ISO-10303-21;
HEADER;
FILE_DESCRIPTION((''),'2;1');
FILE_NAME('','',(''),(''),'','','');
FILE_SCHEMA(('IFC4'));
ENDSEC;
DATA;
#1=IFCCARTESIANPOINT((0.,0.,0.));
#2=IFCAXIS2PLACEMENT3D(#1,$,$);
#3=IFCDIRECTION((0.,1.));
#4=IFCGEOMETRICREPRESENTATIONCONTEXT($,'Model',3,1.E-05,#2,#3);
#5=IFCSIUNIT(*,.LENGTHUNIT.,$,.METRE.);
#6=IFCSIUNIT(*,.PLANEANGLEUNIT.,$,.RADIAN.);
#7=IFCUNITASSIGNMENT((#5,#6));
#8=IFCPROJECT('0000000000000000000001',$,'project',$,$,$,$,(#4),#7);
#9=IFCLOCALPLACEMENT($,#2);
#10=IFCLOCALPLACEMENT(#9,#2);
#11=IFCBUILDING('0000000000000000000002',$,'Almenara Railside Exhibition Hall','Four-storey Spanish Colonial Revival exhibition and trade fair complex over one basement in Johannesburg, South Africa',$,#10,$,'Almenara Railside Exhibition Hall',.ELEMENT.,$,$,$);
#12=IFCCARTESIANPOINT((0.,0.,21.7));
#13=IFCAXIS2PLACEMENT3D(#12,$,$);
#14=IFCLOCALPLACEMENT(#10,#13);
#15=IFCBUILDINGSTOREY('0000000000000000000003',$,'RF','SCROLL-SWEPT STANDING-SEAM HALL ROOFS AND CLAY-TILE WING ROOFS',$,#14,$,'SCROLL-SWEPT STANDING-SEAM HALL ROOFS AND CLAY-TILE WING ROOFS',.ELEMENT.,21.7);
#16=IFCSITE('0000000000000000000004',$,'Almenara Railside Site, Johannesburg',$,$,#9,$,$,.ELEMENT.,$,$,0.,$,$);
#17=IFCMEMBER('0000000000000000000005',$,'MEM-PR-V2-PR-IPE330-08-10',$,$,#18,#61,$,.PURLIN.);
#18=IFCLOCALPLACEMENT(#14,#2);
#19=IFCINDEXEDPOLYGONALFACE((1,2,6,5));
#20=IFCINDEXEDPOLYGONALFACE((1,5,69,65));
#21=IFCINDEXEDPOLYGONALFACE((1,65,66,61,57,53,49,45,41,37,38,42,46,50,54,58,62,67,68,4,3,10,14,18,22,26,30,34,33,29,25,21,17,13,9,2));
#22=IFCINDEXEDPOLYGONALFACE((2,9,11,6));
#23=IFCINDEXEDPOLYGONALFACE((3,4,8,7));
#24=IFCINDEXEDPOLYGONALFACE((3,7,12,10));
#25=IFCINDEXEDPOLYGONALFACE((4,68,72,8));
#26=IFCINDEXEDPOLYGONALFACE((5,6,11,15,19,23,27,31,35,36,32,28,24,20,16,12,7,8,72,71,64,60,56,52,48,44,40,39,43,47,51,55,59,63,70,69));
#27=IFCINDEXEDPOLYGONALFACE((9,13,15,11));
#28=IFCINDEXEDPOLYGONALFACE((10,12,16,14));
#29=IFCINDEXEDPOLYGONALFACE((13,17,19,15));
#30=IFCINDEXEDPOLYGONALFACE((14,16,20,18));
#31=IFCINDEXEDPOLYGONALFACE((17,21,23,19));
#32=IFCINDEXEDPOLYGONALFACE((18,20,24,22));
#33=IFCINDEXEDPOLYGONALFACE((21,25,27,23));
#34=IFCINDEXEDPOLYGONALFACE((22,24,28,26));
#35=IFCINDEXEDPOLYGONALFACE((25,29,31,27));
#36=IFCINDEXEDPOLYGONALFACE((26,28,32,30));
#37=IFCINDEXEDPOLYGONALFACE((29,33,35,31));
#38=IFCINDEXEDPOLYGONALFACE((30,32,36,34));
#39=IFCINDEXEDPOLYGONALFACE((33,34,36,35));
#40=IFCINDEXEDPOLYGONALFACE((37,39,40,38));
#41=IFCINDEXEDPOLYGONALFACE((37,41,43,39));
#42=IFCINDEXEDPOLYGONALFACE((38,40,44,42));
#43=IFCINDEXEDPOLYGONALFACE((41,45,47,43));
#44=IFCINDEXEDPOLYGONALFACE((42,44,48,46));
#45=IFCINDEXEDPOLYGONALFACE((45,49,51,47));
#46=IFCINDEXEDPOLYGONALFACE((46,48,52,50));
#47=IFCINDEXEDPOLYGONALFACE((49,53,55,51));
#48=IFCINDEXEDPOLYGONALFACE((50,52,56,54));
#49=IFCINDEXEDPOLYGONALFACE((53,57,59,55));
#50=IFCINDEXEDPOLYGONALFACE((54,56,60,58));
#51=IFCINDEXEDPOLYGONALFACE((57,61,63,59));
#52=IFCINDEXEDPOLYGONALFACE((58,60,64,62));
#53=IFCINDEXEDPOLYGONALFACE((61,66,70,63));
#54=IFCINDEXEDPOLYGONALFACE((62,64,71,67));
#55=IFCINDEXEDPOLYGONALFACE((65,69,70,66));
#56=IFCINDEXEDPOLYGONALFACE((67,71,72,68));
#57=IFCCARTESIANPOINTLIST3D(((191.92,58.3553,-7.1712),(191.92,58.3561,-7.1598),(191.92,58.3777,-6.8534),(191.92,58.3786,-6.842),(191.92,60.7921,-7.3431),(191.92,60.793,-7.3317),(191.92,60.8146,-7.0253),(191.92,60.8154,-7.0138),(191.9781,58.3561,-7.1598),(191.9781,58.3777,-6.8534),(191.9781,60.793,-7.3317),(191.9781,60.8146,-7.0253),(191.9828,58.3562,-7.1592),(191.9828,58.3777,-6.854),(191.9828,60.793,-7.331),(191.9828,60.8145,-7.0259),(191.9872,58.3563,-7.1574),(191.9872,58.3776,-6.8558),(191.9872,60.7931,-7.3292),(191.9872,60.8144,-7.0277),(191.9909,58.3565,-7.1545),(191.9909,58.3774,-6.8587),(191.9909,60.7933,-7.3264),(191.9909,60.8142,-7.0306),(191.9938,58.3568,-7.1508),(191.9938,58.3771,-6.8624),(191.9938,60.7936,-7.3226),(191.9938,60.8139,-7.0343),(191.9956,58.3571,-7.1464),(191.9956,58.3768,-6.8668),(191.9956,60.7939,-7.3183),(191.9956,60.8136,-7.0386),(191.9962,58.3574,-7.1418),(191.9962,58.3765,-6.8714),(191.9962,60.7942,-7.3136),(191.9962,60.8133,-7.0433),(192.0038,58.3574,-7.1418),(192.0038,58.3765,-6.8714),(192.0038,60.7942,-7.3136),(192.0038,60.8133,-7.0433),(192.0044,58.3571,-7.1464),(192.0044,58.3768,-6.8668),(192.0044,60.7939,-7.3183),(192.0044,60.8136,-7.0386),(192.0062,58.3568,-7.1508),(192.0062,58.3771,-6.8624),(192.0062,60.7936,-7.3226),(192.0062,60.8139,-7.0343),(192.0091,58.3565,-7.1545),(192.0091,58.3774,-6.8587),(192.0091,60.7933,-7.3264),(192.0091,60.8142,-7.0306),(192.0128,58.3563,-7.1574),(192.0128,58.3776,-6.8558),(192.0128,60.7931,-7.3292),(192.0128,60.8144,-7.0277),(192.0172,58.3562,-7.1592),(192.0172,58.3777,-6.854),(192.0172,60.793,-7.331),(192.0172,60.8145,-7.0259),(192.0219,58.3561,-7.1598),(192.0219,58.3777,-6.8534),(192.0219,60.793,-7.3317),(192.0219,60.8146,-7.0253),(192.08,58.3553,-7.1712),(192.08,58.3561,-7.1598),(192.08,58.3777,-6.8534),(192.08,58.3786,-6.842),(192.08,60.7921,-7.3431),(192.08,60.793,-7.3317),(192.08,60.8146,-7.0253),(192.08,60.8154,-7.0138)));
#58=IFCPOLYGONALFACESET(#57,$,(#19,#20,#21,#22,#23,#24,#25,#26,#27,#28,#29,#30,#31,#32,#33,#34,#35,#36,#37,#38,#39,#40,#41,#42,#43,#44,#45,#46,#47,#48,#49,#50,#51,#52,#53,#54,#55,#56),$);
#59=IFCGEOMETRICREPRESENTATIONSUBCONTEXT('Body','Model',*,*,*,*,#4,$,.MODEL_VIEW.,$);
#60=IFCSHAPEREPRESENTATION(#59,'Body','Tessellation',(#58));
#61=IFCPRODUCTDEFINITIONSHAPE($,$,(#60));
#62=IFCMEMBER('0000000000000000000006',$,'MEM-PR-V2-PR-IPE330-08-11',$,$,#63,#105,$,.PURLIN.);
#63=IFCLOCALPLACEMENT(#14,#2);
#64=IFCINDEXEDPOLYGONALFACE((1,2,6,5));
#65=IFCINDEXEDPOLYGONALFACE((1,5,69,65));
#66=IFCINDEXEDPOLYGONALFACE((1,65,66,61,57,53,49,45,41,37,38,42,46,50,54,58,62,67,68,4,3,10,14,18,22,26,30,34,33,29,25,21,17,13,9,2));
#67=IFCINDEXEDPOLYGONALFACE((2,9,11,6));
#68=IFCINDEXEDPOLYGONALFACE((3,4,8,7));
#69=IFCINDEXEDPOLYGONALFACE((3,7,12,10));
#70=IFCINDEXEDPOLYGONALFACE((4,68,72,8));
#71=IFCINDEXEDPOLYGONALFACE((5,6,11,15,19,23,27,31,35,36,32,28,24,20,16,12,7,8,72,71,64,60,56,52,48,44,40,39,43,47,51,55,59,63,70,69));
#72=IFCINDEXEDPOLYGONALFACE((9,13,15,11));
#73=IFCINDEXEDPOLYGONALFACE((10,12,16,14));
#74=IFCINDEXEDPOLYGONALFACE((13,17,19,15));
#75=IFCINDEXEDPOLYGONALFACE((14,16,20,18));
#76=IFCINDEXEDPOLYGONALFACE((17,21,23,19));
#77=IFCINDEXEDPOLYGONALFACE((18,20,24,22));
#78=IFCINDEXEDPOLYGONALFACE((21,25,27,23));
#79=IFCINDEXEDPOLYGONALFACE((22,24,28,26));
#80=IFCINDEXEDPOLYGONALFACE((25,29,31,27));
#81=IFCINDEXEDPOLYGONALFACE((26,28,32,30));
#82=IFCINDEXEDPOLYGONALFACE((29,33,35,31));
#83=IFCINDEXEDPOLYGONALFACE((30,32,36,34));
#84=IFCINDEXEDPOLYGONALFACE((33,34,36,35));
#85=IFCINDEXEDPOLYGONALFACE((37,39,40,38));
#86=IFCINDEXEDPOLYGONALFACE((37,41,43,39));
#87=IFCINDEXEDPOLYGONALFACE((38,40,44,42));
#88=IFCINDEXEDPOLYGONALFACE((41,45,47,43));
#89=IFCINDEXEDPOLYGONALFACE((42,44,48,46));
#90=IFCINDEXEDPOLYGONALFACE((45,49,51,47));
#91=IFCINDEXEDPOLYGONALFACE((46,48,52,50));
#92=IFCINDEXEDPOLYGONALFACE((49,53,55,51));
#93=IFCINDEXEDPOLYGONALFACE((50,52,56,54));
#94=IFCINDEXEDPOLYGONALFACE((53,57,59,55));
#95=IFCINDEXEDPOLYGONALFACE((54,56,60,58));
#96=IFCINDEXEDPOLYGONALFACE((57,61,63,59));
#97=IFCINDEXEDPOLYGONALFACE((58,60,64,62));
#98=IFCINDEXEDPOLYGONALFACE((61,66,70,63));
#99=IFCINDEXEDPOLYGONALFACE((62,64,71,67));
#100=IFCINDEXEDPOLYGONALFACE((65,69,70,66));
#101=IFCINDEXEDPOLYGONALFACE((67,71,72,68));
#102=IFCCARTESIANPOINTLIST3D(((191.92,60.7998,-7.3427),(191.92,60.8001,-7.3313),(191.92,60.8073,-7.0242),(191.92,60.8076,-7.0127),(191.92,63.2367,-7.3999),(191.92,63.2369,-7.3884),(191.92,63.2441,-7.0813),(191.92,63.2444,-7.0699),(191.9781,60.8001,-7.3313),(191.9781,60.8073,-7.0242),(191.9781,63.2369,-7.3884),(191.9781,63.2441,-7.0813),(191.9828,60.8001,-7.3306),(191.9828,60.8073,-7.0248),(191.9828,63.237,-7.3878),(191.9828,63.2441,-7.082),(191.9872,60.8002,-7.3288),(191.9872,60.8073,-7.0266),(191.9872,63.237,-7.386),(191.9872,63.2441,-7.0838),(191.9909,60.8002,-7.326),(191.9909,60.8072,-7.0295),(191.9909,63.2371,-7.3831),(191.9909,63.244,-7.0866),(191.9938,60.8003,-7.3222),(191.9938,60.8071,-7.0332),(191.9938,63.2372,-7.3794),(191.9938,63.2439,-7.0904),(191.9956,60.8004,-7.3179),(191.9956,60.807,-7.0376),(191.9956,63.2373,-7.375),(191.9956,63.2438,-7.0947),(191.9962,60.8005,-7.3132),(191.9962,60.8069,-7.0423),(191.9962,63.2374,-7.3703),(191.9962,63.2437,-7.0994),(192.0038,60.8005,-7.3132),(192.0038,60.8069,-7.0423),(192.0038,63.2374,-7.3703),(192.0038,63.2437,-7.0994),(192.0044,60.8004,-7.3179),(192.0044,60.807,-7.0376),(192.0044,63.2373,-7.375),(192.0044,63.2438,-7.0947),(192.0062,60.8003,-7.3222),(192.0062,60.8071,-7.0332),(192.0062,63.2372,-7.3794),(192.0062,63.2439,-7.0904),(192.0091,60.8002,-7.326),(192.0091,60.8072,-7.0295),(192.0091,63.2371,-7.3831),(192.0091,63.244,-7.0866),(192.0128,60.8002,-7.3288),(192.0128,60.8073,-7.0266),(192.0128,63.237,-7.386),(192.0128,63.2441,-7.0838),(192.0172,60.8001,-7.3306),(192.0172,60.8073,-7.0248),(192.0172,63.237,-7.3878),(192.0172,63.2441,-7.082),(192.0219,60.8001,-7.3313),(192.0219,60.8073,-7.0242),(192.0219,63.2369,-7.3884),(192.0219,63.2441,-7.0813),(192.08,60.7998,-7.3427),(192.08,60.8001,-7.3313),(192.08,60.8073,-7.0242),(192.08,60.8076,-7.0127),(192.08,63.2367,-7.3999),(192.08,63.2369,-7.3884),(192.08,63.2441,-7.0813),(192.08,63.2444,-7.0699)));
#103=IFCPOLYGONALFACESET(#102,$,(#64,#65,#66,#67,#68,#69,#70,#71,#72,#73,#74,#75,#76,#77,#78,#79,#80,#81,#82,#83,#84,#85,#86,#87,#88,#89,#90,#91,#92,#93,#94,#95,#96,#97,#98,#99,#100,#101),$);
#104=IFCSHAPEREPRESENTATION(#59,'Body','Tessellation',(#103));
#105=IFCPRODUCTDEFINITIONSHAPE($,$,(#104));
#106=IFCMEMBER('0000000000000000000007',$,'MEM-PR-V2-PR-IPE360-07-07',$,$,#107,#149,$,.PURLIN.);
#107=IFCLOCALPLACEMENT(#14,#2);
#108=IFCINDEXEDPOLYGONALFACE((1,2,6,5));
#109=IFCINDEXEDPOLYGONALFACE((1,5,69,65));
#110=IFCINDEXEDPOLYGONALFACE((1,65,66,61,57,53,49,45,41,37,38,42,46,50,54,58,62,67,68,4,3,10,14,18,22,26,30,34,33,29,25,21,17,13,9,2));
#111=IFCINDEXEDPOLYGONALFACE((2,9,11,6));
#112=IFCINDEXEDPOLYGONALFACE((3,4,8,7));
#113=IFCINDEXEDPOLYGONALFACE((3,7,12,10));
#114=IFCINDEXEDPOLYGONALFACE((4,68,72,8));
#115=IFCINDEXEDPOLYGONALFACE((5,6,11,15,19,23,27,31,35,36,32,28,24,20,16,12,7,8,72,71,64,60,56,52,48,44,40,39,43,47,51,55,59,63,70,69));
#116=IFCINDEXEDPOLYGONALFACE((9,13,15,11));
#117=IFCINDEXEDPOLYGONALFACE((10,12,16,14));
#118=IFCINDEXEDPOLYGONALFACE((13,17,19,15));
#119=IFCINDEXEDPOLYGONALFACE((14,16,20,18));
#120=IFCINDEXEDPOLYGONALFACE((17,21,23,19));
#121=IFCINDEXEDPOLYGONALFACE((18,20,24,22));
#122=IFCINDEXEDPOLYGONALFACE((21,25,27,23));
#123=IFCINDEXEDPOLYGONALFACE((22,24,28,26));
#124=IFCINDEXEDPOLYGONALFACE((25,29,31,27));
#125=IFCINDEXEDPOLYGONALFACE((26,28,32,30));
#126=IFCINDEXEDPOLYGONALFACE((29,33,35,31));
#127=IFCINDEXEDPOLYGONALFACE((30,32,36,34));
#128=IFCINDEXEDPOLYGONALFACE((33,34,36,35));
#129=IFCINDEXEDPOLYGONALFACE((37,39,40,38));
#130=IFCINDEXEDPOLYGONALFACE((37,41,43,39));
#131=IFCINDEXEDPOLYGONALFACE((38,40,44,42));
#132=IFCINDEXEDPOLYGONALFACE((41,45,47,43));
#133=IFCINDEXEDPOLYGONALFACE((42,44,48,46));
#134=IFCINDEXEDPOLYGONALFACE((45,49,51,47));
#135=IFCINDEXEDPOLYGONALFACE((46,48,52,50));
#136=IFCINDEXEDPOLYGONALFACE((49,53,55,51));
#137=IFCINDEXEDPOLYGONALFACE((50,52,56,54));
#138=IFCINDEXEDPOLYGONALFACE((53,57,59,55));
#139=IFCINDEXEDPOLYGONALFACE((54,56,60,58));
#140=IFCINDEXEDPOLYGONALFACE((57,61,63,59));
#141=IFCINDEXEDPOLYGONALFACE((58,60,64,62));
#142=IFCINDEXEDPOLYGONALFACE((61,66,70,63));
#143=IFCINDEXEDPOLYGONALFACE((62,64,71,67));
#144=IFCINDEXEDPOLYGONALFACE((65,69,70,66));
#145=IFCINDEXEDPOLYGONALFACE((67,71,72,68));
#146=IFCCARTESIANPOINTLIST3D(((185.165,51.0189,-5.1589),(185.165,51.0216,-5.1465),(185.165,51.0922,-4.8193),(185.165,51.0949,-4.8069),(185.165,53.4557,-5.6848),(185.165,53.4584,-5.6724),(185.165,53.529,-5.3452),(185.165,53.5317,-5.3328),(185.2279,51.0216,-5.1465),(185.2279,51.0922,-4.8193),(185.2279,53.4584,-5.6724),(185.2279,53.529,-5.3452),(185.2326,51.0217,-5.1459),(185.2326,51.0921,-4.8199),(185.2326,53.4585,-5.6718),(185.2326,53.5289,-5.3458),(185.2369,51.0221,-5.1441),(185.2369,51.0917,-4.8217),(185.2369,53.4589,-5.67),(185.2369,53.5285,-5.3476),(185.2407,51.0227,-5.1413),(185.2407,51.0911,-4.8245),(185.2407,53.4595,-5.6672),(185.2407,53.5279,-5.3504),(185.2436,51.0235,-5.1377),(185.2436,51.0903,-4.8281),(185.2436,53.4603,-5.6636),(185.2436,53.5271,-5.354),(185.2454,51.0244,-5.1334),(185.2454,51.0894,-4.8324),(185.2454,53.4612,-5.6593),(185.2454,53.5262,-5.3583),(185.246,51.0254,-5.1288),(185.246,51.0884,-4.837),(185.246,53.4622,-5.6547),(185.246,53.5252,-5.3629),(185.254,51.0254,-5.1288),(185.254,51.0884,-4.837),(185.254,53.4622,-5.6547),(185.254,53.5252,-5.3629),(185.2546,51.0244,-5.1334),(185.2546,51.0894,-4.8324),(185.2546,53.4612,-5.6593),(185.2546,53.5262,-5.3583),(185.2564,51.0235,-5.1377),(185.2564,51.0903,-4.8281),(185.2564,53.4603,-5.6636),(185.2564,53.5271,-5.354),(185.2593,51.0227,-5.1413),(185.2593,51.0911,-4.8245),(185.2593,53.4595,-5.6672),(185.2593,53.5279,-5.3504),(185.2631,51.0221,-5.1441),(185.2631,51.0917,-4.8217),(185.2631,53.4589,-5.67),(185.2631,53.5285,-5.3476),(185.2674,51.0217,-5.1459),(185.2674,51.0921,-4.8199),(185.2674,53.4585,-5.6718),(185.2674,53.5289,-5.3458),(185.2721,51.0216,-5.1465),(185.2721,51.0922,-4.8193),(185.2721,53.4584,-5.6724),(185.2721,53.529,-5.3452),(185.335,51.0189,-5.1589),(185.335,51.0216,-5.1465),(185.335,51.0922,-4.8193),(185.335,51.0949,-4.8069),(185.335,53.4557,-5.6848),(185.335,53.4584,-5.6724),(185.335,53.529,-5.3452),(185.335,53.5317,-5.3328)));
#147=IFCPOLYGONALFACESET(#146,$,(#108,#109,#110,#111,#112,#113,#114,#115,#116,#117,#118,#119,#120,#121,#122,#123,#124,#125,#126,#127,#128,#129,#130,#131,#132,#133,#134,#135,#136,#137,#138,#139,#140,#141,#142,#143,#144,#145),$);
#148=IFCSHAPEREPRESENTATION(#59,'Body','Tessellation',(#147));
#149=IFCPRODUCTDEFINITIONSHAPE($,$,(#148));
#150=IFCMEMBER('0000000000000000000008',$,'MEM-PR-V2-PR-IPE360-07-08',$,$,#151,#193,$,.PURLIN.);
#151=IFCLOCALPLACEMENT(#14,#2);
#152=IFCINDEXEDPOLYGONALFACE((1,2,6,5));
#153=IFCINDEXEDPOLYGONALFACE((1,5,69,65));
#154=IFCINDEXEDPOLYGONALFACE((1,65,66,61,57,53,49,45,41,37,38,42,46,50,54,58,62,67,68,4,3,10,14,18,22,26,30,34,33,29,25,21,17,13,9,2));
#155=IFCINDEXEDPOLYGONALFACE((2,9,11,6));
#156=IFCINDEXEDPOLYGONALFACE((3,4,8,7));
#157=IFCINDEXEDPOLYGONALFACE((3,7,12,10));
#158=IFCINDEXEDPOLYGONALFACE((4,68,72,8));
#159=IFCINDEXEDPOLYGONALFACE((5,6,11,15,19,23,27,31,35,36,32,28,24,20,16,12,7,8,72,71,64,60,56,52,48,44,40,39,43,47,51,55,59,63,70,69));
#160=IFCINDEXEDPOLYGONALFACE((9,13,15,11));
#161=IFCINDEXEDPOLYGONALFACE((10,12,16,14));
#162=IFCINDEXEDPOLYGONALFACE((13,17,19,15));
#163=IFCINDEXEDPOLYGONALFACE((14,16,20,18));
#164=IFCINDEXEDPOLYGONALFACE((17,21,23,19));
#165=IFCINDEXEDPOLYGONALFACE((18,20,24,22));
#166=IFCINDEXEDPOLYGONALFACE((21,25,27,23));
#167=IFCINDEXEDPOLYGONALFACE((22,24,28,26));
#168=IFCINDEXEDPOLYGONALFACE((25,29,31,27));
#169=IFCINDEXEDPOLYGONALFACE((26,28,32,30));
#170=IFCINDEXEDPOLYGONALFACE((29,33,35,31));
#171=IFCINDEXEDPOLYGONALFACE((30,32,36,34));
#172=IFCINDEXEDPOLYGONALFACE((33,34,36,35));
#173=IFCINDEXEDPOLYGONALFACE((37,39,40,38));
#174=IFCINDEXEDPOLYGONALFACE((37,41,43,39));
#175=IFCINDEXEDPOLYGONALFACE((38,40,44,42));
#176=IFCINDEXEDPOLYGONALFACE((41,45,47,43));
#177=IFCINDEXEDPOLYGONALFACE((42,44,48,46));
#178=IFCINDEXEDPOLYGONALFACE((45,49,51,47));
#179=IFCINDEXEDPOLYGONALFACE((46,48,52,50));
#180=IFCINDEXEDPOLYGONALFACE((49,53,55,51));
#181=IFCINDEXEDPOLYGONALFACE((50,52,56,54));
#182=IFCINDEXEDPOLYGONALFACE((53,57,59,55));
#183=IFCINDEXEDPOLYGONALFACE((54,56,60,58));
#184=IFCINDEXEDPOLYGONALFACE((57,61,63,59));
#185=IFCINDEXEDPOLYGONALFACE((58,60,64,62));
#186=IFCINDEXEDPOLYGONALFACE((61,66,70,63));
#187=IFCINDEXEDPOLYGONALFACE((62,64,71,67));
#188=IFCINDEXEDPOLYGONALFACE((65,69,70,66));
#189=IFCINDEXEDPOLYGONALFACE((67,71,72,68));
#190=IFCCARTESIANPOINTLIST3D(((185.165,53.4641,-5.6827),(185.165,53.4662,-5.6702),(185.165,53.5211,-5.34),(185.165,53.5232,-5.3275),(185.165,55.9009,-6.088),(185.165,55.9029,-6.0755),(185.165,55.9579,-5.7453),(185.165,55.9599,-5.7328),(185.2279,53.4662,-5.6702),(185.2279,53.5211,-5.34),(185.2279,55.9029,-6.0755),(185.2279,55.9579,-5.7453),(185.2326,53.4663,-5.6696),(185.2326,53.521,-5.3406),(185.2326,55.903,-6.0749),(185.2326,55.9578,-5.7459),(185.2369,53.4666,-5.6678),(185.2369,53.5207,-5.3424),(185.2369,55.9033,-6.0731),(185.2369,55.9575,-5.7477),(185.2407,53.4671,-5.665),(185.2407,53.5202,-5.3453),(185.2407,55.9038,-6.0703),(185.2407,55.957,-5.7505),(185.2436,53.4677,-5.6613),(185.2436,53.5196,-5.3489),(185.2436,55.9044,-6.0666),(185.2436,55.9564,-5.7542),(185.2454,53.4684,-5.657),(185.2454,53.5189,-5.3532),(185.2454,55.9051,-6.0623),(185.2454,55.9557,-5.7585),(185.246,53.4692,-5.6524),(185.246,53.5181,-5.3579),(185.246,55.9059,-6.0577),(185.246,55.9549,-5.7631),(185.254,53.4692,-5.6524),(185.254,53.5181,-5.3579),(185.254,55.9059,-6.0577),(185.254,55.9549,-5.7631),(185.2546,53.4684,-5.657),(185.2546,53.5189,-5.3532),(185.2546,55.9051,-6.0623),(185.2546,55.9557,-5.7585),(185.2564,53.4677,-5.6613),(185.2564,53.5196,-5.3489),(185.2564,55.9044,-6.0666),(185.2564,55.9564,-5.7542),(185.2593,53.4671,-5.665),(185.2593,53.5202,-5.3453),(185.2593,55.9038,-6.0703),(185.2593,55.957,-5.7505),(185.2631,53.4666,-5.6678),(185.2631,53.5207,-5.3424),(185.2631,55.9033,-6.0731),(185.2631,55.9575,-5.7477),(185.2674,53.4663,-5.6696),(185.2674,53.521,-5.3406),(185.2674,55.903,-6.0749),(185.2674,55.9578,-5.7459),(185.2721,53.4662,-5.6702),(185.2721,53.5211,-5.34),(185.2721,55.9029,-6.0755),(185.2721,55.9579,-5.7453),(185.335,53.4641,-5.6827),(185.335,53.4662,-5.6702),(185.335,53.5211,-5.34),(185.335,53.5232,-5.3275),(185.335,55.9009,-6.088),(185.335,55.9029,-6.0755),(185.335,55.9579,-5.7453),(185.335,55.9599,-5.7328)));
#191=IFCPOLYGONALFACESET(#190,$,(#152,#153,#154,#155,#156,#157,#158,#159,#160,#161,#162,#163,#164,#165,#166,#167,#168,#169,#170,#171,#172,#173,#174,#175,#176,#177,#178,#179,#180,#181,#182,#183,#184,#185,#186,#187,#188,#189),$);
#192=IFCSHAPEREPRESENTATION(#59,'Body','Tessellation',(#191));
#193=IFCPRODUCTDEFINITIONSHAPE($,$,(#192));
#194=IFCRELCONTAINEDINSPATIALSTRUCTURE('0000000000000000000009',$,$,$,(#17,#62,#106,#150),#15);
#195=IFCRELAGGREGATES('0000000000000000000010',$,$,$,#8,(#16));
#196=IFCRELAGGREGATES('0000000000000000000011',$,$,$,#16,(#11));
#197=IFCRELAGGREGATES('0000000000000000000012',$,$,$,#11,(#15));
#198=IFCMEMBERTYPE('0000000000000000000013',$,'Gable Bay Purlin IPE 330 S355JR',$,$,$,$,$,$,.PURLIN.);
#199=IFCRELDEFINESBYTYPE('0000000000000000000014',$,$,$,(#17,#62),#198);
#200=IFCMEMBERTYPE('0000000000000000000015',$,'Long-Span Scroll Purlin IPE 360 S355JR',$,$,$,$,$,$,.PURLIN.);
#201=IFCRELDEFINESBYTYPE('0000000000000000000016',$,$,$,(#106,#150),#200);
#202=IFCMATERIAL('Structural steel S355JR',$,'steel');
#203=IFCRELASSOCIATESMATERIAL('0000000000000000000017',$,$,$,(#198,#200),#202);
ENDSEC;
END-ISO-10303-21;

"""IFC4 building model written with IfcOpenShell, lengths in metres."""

from ifc_helpers import new_model, si_unit, direction, frame, origin, origin_2d, place, context, subcontext, project, spatial, i_section, extrude, material, material_profile, profile_set, type_object, element, save


model = new_model("IFC4")

# Units and contexts
model_context = context("Model", 3, precision=1e-05, world=origin(), true_north=direction((0.0, 1.0)))
body_context = subcontext(model_context, "Body", "Model", "MODEL_VIEW")
ifc_project = project(units=[si_unit("LENGTHUNIT", "METRE"), si_unit("PLANEANGLEUNIT", "RADIAN")], contexts=[model_context])

# Site, building, storey
site_placement = place(None, origin())
site = spatial("IfcSite", under=ifc_project, at=site_placement, Name="Almenara Railside Site, Johannesburg", CompositionType="ELEMENT", RefElevation=0.0)
building_placement = place(site_placement, origin())
building = spatial("IfcBuilding", under=site, at=building_placement, Name="Almenara Railside Exhibition Hall", Description="Four-storey Spanish Colonial Revival exhibition and trade fair complex over one basement in Johannesburg, South Africa", LongName="Almenara Railside Exhibition Hall", CompositionType="ELEMENT")
storey_placement = place(building_placement, frame((0.0, 0.0, 21.7)))
storey = spatial("IfcBuildingStorey", under=building, at=storey_placement, Name="RF", Description="SCROLL-SWEPT STANDING-SEAM HALL ROOFS AND CLAY-TILE WING ROOFS", LongName="SCROLL-SWEPT STANDING-SEAM HALL ROOFS AND CLAY-TILE WING ROOFS", CompositionType="ELEMENT", Elevation=21.7)

# Members
ifc_material_1 = material(Name="Structural steel S355JR", Category="steel")
ifc_material_profile_1 = material_profile(ifc_material_1, i_section(OverallWidth=0.1599, OverallDepth=0.3301, WebThickness=0.0076, FlangeThickness=0.0115, FilletRadius=0.0181, at=origin_2d()), Name="IPE 330")
ifc_profile_set_1 = profile_set([ifc_material_profile_1], Name="Structural steel S355JR")
member_type_1 = type_object("IfcMemberType", Name="Gable Bay Purlin IPE 330 S355JR", PredefinedType="PURLIN", material=ifc_profile_set_1)
member_1_placement = place(storey_placement, frame((192.0, 58.3669, -7.0066), z_axis=(0.0, 0.997522, -0.070359), x_axis=(-1.0, 0.0, 0.0)))
element("IfcMember", 1, at=member_1_placement, inside=storey, type_object=member_type_1, Name="MEM-PR-V2-PR-IPE330-08-10", PredefinedType="PURLIN", context=body_context, shape_type="SweptSolid", body=[
    extrude(i_section(OverallWidth=0.1599, OverallDepth=0.3301, WebThickness=0.0076, FlangeThickness=0.0115, FilletRadius=0.0181, at=origin_2d()), origin(), (0.0, 0.0, 1.0), 2.4429),
])
member_2_placement = place(storey_placement, frame((192.0, 60.8037, -7.1777), z_axis=(0.0, 0.999725, -0.023438), x_axis=(-1.0, 0.0, 0.0)))
element("IfcMember", 2, at=member_2_placement, inside=storey, type_object=member_type_1, Name="MEM-PR-V2-PR-IPE330-08-11", PredefinedType="PURLIN", context=body_context, shape_type="SweptSolid", body=[
    extrude(i_section(OverallWidth=0.1599, OverallDepth=0.3301, WebThickness=0.0076, FlangeThickness=0.0115, FilletRadius=0.0181, at=origin_2d()), origin(), (0.0, 0.0, 1.0), 2.4375),
])
ifc_material_profile_2 = material_profile(ifc_material_1, i_section(OverallWidth=0.1699, OverallDepth=0.3601, WebThickness=0.0081, FlangeThickness=0.0127, FilletRadius=0.0181, at=origin_2d()), Name="IPE 360")
ifc_profile_set_2 = profile_set([ifc_material_profile_2], Name="Structural steel S355JR")
member_type_2 = type_object("IfcMemberType", Name="Long-Span Scroll Purlin IPE 360 S355JR", PredefinedType="PURLIN", material=ifc_profile_set_2)
member_3_placement = place(storey_placement, frame((185.25, 51.0569, -4.9829), z_axis=(0.0, 0.977496, -0.210953), x_axis=(-1.0, 0.0, 0.0)))
element("IfcMember", 3, at=member_3_placement, inside=storey, type_object=member_type_2, Name="MEM-PR-V2-PR-IPE360-07-07", PredefinedType="PURLIN", context=body_context, shape_type="SweptSolid", body=[
    extrude(i_section(OverallWidth=0.1699, OverallDepth=0.3601, WebThickness=0.0081, FlangeThickness=0.0127, FilletRadius=0.0181, at=origin_2d()), origin(), (0.0, 0.0, 1.0), 2.4929),
])
member_4_placement = place(storey_placement, frame((185.25, 53.4937, -5.5051), z_axis=(0.0, 0.98645, -0.164062), x_axis=(-1.0, 0.0, 0.0)))
element("IfcMember", 4, at=member_4_placement, inside=storey, type_object=member_type_2, Name="MEM-PR-V2-PR-IPE360-07-08", PredefinedType="PURLIN", context=body_context, shape_type="SweptSolid", body=[
    extrude(i_section(OverallWidth=0.1699, OverallDepth=0.3601, WebThickness=0.0081, FlangeThickness=0.0127, FilletRadius=0.0181, at=origin_2d()), origin(), (0.0, 0.0, 1.0), 2.4702),
])

save(model, "model.ifc")
